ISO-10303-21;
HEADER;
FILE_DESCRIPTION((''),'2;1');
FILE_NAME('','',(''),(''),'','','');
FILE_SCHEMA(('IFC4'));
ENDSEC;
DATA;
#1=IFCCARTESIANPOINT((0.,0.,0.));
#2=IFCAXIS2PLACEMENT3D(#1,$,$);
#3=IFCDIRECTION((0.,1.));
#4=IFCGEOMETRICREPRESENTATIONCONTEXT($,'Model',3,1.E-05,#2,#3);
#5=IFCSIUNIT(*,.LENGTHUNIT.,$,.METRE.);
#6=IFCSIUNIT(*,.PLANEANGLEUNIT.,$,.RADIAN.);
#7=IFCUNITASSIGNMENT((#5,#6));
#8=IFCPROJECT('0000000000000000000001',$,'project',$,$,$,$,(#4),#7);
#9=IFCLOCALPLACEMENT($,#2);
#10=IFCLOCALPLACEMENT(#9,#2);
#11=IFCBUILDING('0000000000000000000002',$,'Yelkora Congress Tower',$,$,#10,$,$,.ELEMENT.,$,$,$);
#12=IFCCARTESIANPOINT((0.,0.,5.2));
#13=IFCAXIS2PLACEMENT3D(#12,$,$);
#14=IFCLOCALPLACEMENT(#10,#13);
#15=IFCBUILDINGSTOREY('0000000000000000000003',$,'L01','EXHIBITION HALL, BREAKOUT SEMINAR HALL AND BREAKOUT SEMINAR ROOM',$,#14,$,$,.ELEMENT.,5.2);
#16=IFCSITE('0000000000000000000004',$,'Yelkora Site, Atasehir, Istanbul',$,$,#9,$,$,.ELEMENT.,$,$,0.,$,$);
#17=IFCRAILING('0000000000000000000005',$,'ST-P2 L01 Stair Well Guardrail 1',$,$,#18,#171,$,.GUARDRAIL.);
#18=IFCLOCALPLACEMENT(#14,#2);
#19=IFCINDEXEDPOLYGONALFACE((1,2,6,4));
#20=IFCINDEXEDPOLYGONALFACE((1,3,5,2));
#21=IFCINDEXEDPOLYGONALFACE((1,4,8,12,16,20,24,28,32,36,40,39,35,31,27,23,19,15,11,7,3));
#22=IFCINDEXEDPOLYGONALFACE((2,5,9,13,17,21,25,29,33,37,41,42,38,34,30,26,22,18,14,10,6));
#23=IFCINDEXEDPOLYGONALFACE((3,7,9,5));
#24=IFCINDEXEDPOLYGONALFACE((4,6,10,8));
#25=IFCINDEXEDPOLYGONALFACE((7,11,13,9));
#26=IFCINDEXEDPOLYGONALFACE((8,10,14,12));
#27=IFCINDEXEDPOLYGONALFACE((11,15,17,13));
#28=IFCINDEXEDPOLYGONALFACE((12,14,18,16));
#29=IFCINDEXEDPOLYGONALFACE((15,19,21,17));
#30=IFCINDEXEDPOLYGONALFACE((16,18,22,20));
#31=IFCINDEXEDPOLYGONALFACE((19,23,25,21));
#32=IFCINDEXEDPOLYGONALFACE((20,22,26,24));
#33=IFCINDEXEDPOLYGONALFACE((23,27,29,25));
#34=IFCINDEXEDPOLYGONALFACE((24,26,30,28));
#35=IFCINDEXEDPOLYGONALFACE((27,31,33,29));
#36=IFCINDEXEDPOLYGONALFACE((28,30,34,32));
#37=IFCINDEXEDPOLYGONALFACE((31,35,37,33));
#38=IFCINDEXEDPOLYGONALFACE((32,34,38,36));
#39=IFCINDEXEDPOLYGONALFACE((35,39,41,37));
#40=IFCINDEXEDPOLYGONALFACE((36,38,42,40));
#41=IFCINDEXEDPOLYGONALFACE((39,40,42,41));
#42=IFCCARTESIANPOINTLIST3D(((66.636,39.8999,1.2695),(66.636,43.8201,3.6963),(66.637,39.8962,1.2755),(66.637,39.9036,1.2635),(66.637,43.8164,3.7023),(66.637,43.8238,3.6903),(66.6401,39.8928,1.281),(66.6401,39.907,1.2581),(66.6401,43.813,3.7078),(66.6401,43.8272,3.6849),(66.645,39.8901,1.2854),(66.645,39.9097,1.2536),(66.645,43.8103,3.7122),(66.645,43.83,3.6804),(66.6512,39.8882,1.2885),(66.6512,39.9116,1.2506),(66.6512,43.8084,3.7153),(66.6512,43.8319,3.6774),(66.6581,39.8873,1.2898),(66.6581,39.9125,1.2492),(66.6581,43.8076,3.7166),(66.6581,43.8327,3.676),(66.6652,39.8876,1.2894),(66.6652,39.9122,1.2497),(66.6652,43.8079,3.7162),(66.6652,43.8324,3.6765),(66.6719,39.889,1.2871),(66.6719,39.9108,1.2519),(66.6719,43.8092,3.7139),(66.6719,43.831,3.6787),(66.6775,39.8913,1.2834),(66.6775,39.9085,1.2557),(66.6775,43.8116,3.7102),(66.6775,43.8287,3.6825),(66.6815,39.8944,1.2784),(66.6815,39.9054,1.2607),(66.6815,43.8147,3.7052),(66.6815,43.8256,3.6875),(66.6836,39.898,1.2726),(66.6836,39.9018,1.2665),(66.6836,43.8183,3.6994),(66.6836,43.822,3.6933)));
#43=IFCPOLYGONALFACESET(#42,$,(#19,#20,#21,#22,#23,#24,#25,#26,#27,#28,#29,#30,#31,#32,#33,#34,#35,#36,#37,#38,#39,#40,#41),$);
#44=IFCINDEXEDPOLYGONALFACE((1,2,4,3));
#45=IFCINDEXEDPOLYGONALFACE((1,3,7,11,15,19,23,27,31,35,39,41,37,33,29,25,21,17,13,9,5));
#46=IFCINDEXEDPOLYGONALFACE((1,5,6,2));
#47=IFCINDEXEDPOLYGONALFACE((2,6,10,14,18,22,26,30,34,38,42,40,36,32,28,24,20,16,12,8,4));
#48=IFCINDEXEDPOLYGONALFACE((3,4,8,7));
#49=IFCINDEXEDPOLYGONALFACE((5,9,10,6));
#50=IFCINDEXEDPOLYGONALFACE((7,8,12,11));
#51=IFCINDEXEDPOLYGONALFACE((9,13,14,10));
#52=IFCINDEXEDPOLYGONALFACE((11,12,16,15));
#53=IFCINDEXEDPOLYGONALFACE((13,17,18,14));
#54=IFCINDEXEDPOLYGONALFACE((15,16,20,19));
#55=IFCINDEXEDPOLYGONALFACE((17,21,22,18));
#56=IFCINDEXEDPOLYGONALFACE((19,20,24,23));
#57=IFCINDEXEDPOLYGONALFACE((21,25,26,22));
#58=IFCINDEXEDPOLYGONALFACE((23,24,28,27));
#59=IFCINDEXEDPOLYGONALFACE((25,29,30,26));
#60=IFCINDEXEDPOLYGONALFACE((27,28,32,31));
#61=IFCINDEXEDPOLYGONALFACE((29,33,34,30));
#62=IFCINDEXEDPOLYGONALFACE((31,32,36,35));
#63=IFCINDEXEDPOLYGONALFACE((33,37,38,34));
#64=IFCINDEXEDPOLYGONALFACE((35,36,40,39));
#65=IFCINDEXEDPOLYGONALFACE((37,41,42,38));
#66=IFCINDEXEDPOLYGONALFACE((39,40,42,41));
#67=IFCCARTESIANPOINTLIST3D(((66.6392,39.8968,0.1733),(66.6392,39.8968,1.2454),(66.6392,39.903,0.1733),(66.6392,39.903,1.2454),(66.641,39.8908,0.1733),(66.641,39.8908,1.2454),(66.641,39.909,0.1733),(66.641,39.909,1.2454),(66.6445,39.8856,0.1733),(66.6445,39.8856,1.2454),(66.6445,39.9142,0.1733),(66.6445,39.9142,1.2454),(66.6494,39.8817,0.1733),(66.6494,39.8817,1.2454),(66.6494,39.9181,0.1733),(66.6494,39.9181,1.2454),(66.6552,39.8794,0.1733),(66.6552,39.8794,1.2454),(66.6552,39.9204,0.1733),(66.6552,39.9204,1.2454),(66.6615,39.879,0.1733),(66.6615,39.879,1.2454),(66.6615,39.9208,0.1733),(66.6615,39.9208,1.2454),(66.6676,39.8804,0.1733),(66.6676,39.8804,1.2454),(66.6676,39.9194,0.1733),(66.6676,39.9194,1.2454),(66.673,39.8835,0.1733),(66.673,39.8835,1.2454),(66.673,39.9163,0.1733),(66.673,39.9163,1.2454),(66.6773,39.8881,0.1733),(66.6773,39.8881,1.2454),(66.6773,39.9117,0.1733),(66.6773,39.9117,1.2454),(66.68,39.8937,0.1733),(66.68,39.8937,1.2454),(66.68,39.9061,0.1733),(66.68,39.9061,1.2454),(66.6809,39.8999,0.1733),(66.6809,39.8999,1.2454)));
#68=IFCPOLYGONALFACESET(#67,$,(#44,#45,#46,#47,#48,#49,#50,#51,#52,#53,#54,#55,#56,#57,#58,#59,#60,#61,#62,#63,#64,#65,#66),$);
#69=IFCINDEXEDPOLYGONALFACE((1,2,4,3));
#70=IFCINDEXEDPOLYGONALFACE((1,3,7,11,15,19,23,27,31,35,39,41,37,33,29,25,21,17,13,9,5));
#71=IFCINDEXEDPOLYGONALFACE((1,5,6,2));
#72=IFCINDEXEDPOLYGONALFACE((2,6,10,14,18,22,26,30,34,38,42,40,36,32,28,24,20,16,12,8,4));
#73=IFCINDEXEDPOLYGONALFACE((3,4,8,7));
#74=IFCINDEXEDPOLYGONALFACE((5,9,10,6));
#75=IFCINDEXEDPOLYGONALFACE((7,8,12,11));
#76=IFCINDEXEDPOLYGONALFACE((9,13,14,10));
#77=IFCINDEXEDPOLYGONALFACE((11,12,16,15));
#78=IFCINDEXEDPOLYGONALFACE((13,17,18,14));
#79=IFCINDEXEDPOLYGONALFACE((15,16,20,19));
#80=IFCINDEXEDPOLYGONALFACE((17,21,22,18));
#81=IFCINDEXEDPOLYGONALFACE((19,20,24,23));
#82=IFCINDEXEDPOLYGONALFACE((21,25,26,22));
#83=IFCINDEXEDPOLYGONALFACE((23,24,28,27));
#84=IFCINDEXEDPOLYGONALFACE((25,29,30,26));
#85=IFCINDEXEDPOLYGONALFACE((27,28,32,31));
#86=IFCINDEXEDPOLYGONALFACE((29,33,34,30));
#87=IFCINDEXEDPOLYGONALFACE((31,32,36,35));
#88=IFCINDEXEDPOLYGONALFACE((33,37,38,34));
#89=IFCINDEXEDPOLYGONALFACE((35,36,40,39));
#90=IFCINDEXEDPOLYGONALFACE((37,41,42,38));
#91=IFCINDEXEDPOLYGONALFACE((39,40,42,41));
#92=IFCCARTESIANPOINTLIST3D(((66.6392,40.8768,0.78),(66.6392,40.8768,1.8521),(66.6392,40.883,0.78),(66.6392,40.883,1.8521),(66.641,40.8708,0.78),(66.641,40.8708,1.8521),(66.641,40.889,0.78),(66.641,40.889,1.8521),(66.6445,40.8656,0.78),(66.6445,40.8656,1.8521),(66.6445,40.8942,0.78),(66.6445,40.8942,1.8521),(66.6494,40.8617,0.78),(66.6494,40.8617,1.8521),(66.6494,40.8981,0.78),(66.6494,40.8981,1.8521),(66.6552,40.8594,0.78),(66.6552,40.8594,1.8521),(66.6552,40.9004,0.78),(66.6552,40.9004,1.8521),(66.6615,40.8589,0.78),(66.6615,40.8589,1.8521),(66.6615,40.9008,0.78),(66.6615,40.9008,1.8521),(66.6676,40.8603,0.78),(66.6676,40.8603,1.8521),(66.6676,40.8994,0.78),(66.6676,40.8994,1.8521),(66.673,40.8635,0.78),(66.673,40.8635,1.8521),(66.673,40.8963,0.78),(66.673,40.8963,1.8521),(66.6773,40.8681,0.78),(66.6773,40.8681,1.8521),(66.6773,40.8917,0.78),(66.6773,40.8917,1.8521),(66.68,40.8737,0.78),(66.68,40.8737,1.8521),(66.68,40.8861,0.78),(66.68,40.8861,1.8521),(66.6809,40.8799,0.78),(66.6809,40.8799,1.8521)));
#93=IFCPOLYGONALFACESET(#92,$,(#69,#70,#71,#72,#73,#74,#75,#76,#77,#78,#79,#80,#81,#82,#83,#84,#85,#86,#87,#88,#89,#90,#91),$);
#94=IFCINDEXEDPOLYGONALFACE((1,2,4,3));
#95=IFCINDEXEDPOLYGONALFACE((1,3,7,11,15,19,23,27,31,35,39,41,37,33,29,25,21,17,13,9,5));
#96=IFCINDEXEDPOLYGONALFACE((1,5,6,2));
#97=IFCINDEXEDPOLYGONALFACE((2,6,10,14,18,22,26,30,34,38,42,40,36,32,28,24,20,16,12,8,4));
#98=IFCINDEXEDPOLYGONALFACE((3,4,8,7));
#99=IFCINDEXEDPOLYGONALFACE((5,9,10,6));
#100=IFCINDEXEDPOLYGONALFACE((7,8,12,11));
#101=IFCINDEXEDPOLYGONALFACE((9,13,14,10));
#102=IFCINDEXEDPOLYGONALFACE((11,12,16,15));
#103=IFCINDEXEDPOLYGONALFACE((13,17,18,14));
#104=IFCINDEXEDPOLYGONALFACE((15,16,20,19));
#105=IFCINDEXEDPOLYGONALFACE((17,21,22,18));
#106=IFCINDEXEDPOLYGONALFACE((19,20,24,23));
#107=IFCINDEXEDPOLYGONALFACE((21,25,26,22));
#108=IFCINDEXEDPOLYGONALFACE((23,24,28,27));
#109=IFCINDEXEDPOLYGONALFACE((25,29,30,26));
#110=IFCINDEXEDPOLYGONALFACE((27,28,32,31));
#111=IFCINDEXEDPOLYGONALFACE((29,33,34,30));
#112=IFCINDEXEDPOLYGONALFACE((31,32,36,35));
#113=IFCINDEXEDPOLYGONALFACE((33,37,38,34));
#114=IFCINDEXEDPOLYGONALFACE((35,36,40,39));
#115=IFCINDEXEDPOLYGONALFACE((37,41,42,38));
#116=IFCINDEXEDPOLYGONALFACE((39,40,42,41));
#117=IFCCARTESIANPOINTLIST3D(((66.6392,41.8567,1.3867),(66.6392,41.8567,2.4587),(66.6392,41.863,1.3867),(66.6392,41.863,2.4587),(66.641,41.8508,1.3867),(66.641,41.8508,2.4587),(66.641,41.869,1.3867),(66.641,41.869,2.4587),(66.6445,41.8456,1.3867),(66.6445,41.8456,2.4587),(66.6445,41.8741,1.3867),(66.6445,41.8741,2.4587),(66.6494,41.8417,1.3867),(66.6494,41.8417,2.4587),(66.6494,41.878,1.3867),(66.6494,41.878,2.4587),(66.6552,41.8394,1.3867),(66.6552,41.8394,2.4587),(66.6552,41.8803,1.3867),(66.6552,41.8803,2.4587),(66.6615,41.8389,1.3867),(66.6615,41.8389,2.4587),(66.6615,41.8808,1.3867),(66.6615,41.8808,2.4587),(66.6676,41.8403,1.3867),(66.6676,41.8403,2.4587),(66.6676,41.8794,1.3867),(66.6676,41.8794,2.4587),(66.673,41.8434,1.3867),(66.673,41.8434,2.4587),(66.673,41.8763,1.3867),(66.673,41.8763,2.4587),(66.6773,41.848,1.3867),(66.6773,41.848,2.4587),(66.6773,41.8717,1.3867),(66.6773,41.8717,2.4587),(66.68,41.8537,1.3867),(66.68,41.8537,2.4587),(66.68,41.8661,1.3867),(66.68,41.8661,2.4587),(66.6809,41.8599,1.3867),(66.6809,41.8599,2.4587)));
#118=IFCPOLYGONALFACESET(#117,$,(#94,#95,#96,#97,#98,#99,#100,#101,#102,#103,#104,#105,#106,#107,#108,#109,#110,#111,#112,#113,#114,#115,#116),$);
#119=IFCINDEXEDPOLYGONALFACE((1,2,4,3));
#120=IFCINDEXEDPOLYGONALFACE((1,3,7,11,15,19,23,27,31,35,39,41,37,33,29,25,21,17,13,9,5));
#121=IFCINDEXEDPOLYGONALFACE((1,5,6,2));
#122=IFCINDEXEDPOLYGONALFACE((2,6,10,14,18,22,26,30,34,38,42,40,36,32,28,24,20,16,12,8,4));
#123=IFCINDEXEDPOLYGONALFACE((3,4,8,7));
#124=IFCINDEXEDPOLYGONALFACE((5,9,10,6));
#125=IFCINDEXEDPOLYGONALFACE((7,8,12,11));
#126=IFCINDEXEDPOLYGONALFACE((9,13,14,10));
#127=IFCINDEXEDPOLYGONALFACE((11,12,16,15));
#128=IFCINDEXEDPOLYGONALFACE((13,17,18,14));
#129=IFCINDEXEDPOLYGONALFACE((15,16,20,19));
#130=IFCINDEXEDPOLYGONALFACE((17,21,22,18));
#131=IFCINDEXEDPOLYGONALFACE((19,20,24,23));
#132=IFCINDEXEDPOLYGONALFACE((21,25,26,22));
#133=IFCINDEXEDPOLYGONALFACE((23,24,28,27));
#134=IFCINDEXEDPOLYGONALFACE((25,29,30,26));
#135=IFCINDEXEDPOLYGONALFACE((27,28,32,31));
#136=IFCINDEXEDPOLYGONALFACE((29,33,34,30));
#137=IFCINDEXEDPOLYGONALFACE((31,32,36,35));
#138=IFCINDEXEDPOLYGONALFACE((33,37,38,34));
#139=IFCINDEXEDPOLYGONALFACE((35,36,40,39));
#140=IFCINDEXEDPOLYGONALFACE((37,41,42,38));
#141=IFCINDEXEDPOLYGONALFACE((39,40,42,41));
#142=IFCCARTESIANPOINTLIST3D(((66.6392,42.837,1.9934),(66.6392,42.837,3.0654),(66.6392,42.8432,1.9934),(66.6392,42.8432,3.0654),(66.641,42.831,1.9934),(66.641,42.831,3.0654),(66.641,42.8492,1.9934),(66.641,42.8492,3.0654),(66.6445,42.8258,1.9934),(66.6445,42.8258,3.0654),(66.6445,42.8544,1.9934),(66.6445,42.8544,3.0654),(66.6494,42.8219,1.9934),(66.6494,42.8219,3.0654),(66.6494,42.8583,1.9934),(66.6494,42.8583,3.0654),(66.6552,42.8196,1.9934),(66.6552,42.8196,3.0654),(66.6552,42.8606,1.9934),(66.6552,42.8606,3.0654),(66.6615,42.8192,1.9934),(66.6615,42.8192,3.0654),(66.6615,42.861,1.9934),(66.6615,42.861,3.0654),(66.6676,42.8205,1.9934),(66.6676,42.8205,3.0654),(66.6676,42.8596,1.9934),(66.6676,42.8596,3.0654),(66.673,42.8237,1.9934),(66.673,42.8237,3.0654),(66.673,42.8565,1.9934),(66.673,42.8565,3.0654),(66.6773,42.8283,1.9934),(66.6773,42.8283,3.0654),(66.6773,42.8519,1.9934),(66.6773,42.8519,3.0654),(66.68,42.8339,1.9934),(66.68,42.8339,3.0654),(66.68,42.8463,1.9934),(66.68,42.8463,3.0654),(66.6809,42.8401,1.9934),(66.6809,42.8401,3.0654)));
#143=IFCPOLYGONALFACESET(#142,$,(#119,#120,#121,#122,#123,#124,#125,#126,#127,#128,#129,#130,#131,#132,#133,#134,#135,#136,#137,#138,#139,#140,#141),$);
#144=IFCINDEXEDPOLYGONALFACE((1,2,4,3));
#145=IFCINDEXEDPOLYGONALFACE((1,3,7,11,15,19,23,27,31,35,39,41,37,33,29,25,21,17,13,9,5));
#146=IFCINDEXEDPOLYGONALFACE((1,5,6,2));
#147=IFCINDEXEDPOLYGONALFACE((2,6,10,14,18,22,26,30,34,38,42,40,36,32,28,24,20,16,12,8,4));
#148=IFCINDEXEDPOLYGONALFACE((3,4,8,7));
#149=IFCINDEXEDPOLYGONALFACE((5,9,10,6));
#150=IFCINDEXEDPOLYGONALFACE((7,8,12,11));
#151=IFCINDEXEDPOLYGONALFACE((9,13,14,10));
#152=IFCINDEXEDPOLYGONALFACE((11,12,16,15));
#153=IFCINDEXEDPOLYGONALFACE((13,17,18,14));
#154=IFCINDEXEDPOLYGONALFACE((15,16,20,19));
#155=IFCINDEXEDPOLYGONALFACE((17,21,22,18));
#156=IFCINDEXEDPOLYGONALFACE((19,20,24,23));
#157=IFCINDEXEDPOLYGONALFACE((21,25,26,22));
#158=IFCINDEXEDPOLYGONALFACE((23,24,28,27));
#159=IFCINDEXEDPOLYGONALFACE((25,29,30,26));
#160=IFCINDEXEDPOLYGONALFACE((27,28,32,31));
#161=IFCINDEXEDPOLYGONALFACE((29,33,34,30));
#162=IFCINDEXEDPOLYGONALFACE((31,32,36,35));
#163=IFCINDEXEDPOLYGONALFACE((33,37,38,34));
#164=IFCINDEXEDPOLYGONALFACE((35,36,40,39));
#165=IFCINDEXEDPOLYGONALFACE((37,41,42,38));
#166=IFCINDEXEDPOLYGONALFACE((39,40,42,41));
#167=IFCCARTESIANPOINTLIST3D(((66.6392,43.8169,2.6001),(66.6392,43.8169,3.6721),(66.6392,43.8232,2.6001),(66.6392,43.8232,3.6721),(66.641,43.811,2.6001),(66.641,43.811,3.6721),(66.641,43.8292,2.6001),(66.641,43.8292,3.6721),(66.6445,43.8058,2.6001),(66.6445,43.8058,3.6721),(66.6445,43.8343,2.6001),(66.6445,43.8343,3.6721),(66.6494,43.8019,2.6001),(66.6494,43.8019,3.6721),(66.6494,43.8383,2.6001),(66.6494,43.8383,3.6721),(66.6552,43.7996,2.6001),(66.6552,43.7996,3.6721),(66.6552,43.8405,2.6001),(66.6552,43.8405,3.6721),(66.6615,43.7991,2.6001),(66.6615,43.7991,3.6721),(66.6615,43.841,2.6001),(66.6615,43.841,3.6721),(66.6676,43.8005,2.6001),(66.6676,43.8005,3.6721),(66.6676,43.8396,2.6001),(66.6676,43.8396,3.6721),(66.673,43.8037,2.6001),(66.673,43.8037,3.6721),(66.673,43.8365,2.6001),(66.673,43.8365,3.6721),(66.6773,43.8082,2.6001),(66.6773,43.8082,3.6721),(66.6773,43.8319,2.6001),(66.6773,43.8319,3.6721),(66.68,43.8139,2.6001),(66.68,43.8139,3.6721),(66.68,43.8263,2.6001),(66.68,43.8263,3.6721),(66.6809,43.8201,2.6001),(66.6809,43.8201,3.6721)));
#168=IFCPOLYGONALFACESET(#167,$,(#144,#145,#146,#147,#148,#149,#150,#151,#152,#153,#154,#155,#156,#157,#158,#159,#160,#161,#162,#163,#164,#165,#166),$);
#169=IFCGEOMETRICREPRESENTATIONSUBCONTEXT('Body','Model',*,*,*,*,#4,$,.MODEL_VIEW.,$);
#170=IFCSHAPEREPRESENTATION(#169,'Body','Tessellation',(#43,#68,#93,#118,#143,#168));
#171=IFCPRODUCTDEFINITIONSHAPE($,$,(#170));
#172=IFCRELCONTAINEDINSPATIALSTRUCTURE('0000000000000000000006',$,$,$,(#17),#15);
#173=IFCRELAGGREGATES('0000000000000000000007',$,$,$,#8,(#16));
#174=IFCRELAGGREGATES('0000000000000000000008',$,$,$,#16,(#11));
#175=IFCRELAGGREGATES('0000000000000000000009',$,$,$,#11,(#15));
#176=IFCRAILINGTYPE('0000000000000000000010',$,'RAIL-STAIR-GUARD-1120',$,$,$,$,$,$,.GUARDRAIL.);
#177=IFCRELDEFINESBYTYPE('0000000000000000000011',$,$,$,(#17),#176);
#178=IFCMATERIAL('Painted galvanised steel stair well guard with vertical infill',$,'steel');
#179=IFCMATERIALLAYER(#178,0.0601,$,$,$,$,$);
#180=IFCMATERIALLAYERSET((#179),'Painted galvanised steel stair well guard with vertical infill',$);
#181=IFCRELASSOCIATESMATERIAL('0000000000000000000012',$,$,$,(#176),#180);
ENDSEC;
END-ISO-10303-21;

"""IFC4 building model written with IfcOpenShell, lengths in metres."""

from ifc_helpers import new_model, si_unit, direction, frame, origin, origin_2d, place, context, subcontext, project, spatial, circle, extrude, material, layer, layer_set, type_object, element, save


model = new_model("IFC4")

# Units and contexts
model_context = context("Model", 3, precision=1e-05, world=origin(), true_north=direction((0.0, 1.0)))
body_context = subcontext(model_context, "Body", "Model", "MODEL_VIEW")
ifc_project = project(units=[si_unit("LENGTHUNIT", "METRE"), si_unit("PLANEANGLEUNIT", "RADIAN")], contexts=[model_context])

# Site, building, storey
site_placement = place(None, origin())
site = spatial("IfcSite", under=ifc_project, at=site_placement, Name="Yelkora Site, Atasehir, Istanbul", CompositionType="ELEMENT", RefElevation=0.0)
building_placement = place(site_placement, origin())
building = spatial("IfcBuilding", under=site, at=building_placement, Name="Yelkora Congress Tower", CompositionType="ELEMENT")
storey_placement = place(building_placement, frame((0.0, 0.0, 5.2)))
storey = spatial("IfcBuildingStorey", under=building, at=storey_placement, Name="L01", Description="EXHIBITION HALL, BREAKOUT SEMINAR HALL AND BREAKOUT SEMINAR ROOM", CompositionType="ELEMENT", Elevation=5.2)

# Railing
ifc_material_1 = material(Name="Painted galvanised steel stair well guard with vertical infill", Category="steel")
ifc_layer_1 = layer(ifc_material_1, 0.0601)
ifc_layer_set_1 = layer_set([ifc_layer_1], Name="Painted galvanised steel stair well guard with vertical infill")
railing_type = type_object("IfcRailingType", Name="RAIL-STAIR-GUARD-1120", PredefinedType="GUARDRAIL", material=ifc_layer_set_1)
railing_1_placement = place(storey_placement, frame((66.6599, 39.8999, 0.1733)))
element("IfcRailing", 1, at=railing_1_placement, inside=storey, type_object=railing_type, Name="ST-P2 L01 Stair Well Guardrail 1", PredefinedType="GUARDRAIL", context=body_context, shape_type="SweptSolid", body=[
    extrude(circle(Radius=0.0239, at=origin_2d()), frame((0.0, 0.0, 1.0962), z_axis=(0.0, 0.850266, 0.526353), x_axis=(-1.0, 0.0, 0.0)), (0.0, 0.0, 1.0), 4.6106),
    extrude(circle(Radius=0.021, at=origin_2d()), origin(), (0.0, 0.0, 1.0), 1.072),
    extrude(circle(Radius=0.021, at=origin_2d()), frame((0.0, 0.98, 0.6067)), (0.0, 0.0, 1.0), 1.072),
    extrude(circle(Radius=0.021, at=origin_2d()), frame((0.0, 1.96, 1.2134)), (0.0, 0.0, 1.0), 1.072),
    extrude(circle(Radius=0.021, at=origin_2d()), frame((0.0, 2.9402, 1.8201)), (0.0, 0.0, 1.0), 1.072),
    extrude(circle(Radius=0.021, at=origin_2d()), frame((0.0, 3.9202, 2.4268)), (0.0, 0.0, 1.0), 1.072),
])

save(model, "model.ifc")
